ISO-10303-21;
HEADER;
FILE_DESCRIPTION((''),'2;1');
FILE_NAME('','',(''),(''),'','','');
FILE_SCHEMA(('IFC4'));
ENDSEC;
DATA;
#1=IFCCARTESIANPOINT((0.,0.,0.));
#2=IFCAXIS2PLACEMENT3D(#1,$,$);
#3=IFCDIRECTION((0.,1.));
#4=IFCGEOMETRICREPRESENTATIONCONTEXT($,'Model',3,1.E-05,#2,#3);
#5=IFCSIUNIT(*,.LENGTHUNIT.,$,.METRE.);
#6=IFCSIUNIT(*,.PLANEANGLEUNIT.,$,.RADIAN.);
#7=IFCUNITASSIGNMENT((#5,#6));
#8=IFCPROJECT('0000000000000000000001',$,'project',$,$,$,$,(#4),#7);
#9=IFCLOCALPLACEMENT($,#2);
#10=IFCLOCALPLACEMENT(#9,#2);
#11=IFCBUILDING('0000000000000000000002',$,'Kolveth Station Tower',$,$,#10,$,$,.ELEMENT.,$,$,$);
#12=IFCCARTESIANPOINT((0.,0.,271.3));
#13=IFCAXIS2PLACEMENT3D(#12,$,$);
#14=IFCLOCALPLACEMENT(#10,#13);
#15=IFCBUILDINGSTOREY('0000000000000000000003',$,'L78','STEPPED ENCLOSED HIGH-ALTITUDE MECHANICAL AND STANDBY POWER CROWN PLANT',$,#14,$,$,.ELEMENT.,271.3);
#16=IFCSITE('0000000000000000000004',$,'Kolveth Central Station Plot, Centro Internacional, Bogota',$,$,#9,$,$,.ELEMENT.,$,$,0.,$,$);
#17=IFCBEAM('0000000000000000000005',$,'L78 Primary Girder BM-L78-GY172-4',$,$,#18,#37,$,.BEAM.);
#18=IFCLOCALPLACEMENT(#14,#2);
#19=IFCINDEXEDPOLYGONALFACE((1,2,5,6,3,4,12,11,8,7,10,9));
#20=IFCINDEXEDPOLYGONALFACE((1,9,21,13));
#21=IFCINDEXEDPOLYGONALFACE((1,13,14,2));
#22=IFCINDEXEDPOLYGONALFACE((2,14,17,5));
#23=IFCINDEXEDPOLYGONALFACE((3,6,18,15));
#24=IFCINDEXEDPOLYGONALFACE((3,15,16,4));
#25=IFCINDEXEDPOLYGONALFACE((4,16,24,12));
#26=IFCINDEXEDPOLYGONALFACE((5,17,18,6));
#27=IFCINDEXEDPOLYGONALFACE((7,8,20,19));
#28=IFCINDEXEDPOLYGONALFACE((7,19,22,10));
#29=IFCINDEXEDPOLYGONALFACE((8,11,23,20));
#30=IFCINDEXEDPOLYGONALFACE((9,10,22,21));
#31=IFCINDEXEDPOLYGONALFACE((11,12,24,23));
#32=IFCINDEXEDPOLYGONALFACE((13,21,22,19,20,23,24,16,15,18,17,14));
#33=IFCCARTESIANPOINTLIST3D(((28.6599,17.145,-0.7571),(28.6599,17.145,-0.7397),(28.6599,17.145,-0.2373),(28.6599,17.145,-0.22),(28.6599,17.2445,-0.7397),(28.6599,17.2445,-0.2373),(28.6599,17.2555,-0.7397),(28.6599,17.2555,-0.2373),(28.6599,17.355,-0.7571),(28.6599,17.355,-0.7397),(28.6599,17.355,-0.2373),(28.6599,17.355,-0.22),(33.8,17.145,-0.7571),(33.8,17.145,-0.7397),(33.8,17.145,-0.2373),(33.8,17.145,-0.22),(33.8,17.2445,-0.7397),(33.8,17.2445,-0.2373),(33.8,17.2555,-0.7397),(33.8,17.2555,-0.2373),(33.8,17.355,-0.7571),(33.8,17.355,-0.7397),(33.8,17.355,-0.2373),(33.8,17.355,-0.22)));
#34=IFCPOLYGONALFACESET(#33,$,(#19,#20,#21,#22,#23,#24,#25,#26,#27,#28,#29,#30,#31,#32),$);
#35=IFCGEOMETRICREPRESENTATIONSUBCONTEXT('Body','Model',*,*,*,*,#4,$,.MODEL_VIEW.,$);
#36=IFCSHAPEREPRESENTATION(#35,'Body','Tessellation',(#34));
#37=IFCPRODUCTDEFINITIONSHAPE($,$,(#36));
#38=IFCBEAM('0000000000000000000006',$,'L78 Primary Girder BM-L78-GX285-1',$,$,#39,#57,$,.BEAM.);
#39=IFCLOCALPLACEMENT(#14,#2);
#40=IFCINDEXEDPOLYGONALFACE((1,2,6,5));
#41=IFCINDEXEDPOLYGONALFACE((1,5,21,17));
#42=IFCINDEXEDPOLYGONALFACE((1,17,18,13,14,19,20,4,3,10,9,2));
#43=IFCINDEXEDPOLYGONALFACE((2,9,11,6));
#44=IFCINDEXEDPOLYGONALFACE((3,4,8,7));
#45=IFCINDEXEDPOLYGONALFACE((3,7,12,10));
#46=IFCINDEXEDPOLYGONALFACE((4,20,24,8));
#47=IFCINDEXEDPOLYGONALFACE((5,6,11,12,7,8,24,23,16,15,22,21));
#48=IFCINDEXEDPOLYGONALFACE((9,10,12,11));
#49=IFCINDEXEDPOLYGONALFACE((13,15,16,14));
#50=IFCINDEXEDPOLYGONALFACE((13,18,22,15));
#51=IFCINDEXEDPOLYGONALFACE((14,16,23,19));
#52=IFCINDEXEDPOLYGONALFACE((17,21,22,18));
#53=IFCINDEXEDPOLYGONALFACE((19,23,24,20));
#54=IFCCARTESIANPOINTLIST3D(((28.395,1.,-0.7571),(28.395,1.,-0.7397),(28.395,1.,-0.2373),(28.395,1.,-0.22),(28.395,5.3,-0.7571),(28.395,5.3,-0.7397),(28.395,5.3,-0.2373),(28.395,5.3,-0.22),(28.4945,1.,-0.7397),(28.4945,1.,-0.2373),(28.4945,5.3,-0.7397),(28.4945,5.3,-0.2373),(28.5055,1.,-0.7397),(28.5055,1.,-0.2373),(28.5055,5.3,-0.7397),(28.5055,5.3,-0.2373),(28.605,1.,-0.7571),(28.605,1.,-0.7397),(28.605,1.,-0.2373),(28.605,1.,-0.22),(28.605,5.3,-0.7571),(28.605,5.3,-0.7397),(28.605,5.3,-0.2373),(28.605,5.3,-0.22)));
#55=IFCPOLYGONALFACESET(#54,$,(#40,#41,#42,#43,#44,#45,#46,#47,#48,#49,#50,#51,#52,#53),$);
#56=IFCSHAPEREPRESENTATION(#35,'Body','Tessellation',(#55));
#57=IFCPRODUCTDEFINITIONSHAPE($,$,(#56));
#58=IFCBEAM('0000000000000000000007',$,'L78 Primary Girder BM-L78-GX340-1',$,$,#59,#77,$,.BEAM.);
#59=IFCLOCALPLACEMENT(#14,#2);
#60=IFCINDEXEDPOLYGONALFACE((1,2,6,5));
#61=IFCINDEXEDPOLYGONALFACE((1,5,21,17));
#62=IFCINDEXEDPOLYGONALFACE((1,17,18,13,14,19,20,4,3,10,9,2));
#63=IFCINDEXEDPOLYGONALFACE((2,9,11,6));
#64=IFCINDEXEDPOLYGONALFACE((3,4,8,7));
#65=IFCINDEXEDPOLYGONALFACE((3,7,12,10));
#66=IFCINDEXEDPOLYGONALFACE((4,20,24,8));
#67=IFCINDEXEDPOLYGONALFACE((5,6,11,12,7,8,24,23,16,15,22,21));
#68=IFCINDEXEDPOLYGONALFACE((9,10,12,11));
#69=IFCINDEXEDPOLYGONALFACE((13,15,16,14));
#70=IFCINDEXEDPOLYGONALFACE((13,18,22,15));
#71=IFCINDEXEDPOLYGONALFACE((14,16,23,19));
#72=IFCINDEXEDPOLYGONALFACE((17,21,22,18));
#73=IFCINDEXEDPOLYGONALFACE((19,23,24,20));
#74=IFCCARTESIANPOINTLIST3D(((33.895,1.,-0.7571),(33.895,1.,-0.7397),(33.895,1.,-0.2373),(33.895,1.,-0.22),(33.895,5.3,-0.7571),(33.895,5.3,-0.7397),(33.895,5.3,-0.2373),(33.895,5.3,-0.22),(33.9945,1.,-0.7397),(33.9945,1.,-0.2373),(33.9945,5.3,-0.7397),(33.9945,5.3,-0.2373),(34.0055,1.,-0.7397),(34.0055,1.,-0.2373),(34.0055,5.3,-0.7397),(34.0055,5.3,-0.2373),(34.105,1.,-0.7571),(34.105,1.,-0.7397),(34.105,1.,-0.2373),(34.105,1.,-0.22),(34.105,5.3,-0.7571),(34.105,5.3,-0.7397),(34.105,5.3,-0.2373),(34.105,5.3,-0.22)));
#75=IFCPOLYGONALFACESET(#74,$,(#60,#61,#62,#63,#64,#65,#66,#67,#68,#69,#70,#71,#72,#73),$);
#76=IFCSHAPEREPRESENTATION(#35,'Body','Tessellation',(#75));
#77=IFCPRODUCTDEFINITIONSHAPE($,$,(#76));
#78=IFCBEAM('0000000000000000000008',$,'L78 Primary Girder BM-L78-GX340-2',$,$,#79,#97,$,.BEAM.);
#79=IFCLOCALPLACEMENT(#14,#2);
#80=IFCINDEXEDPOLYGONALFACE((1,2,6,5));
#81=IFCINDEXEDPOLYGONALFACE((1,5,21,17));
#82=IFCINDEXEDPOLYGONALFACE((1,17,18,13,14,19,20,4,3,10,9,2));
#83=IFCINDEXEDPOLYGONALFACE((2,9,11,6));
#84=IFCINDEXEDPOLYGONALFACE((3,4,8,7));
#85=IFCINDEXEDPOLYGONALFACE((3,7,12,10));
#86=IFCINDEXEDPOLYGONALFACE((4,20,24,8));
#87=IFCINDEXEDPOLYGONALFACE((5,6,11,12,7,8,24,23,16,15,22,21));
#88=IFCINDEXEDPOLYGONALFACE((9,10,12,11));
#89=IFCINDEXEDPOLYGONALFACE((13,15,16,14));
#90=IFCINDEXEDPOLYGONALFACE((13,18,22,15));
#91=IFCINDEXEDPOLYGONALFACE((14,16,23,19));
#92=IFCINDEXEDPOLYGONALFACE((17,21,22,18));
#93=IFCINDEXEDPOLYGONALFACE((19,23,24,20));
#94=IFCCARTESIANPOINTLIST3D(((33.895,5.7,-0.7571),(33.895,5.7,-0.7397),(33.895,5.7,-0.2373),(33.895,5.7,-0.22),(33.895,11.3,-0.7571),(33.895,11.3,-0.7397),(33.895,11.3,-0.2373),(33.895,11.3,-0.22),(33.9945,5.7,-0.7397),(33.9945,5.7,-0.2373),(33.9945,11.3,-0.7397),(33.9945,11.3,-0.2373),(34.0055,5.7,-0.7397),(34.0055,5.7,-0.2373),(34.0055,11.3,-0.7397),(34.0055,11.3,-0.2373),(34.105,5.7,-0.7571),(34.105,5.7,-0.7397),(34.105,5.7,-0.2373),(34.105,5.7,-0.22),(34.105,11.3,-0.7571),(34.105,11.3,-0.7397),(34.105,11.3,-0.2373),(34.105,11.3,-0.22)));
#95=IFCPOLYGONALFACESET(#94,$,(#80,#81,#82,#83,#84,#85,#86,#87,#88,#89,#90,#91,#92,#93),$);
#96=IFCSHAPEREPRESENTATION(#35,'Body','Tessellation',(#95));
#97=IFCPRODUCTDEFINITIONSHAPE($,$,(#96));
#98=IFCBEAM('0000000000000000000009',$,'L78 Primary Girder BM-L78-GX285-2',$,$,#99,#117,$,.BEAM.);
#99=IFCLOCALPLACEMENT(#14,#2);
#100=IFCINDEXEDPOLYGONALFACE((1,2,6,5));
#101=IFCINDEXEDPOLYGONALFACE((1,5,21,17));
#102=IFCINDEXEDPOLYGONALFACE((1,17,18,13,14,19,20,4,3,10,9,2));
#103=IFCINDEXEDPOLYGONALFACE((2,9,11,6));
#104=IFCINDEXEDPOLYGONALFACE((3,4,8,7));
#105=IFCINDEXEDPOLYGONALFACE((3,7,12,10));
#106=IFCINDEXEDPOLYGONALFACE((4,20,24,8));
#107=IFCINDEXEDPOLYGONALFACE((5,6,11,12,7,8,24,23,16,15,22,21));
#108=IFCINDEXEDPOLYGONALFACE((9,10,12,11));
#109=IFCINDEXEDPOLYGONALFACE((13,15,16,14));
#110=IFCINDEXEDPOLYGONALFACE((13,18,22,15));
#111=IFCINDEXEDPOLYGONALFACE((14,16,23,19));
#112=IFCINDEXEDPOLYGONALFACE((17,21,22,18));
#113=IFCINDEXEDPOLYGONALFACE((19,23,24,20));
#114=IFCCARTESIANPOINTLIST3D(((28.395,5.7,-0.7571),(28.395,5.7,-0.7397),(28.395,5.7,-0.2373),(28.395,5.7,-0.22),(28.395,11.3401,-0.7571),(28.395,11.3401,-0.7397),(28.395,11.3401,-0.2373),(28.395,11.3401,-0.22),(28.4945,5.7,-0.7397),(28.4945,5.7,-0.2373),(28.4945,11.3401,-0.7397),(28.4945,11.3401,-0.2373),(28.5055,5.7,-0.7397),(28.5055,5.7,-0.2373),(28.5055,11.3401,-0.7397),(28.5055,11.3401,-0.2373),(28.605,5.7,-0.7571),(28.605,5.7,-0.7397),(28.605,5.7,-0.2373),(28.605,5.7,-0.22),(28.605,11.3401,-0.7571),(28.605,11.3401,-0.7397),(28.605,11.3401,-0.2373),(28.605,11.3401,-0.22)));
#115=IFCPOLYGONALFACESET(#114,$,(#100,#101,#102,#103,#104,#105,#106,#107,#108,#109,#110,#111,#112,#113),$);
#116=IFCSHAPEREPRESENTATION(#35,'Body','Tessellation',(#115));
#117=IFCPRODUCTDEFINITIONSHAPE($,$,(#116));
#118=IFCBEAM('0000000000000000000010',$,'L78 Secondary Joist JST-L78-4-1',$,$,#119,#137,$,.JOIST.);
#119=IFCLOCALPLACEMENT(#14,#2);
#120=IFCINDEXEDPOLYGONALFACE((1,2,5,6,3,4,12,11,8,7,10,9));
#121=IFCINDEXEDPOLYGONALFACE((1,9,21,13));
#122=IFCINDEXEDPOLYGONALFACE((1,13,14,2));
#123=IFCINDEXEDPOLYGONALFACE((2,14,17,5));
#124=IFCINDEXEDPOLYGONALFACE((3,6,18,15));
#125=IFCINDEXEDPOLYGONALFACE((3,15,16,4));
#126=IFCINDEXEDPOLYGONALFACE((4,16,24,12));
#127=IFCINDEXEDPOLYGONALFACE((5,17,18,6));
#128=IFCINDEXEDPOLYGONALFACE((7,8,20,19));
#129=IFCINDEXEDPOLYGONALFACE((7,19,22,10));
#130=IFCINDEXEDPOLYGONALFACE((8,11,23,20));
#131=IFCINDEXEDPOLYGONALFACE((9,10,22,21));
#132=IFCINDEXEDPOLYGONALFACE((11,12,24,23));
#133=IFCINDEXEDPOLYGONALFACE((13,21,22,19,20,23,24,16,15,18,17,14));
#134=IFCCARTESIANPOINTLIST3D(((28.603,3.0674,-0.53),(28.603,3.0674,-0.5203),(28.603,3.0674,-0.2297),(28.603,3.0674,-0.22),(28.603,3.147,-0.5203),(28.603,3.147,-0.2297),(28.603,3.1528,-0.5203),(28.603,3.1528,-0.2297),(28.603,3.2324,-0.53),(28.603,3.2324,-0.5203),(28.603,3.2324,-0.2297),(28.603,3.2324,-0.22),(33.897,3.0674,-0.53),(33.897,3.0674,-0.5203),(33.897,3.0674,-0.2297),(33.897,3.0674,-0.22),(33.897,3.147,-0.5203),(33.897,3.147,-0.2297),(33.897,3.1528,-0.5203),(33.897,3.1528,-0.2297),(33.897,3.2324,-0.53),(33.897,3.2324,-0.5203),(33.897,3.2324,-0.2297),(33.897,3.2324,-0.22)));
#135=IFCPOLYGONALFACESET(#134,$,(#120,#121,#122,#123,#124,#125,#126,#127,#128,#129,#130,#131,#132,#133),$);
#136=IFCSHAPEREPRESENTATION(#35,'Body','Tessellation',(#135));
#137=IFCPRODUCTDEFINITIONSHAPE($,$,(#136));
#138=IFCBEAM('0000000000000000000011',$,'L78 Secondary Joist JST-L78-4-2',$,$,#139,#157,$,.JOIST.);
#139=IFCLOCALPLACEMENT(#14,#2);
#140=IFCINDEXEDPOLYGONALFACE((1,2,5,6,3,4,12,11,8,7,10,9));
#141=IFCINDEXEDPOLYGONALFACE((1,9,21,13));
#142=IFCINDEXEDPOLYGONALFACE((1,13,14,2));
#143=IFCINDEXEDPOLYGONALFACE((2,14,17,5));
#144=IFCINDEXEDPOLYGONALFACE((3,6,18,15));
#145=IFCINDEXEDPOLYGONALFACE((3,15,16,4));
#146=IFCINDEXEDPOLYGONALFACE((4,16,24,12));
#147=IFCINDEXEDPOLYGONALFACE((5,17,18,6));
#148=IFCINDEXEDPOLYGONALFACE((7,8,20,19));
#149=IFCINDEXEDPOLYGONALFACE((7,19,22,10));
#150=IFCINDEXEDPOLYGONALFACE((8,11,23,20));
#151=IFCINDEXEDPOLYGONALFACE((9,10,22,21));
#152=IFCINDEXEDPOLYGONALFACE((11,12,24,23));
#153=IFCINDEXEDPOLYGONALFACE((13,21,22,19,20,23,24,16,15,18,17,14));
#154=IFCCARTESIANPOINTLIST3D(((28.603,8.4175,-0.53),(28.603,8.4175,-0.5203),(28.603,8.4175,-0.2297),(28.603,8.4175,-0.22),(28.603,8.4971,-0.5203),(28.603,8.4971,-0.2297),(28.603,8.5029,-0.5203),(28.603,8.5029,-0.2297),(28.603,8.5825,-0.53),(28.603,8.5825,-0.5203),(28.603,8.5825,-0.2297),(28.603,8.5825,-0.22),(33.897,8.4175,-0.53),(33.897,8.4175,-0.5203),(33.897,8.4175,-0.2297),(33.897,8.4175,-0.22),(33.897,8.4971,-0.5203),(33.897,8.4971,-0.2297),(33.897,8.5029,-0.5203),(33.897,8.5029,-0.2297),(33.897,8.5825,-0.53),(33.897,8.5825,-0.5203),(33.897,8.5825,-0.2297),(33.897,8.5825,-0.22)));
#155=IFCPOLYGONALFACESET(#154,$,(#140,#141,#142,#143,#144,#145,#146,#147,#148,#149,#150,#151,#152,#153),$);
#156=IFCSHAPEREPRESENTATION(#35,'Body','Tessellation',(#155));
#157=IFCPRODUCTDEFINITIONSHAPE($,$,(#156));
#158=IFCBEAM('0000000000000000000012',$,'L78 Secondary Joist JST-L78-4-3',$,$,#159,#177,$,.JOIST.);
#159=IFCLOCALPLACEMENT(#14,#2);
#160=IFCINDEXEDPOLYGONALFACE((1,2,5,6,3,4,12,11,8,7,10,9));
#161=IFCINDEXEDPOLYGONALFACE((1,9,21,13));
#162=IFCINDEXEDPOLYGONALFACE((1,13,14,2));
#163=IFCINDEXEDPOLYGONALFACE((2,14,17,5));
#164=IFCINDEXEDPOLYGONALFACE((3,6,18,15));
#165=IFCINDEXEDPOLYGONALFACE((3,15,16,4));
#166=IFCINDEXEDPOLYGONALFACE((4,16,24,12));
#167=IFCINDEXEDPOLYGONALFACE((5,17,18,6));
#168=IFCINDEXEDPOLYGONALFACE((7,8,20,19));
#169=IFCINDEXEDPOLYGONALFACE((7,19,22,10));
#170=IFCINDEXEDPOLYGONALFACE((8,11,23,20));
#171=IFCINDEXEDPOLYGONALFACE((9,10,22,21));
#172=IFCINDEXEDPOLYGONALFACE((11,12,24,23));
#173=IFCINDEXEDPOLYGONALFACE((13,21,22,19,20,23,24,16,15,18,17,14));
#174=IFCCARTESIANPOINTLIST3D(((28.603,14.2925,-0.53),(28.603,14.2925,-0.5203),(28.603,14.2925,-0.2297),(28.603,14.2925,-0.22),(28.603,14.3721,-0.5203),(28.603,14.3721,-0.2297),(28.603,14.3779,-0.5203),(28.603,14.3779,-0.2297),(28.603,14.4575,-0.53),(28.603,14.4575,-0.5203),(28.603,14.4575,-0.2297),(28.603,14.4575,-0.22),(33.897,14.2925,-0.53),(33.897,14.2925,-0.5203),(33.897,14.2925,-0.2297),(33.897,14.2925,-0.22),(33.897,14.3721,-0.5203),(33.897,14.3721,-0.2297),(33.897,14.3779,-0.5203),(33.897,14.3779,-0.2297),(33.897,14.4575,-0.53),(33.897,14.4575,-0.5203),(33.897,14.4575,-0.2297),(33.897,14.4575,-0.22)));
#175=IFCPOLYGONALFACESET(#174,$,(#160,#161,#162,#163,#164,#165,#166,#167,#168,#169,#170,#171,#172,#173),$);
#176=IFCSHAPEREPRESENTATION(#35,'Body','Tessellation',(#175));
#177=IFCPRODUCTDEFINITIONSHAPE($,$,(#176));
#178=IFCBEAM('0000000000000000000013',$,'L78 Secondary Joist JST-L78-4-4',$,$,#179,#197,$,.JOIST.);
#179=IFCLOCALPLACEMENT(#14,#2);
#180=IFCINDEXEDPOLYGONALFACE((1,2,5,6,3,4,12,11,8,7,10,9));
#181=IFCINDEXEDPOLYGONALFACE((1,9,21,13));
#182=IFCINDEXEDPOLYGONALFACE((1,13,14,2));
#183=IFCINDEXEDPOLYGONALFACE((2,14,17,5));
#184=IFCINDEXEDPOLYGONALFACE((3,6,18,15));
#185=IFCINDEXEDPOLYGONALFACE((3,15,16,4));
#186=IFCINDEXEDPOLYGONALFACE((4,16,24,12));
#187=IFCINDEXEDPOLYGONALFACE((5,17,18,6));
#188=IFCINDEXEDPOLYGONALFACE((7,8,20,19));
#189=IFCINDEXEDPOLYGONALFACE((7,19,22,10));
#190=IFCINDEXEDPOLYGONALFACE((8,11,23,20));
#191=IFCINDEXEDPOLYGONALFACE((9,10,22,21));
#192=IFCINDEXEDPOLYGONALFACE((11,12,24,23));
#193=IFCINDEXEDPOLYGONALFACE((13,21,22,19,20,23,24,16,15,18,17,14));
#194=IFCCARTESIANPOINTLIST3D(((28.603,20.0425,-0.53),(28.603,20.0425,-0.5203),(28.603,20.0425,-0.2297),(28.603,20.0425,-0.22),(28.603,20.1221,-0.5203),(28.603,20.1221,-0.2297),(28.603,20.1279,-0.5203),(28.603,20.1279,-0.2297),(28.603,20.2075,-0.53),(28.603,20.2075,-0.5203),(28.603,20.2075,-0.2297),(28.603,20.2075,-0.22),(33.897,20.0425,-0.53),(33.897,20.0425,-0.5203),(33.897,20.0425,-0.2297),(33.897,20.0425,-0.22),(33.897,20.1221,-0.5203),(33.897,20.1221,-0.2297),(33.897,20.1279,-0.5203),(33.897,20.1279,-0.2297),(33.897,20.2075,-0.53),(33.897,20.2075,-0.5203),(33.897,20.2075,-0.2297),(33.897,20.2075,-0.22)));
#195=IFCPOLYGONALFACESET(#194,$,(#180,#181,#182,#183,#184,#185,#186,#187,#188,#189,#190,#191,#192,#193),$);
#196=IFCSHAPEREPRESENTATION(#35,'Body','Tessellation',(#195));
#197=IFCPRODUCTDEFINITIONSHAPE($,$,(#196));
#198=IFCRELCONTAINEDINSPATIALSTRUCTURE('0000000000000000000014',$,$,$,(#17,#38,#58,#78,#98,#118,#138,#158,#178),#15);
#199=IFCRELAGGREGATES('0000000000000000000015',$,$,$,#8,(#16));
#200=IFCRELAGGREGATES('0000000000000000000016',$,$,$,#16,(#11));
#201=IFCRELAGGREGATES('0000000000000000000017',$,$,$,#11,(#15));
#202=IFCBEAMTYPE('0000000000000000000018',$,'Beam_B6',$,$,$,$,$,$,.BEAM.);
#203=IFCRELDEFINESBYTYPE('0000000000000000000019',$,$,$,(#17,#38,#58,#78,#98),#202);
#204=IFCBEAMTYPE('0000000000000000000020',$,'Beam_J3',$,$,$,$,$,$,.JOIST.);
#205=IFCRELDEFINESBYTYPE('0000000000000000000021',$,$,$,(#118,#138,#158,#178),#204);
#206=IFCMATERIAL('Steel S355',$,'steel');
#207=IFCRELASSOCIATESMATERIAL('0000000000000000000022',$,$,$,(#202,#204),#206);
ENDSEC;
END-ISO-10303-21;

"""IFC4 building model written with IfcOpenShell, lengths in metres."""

from ifc_helpers import new_model, si_unit, direction, frame, origin, origin_2d, place, context, subcontext, project, spatial, i_section, extrude, source, transform, mapped, material, material_profile, profile_set, type_object, element, save


model = new_model("IFC4")

# Units and contexts
model_context = context("Model", 3, precision=1e-05, world=origin(), true_north=direction((0.0, 1.0)))
body_context = subcontext(model_context, "Body", "Model", "MODEL_VIEW")
ifc_project = project(units=[si_unit("LENGTHUNIT", "METRE"), si_unit("PLANEANGLEUNIT", "RADIAN")], contexts=[model_context])

# Site, building, storey
site_placement = place(None, origin())
site = spatial("IfcSite", under=ifc_project, at=site_placement, Name="Kolveth Central Station Plot, Centro Internacional, Bogota", CompositionType="ELEMENT", RefElevation=0.0)
building_placement = place(site_placement, origin())
building = spatial("IfcBuilding", under=site, at=building_placement, Name="Kolveth Station Tower", CompositionType="ELEMENT")
storey_placement = place(building_placement, frame((0.0, 0.0, 271.3)))
storey = spatial("IfcBuildingStorey", under=building, at=storey_placement, Name="L78", Description="STEPPED ENCLOSED HIGH-ALTITUDE MECHANICAL AND STANDBY POWER CROWN PLANT", CompositionType="ELEMENT", Elevation=271.3)

# Shared definitions
ifc_material_1 = material(Name="Steel S355", Category="steel")

# Beams
ifc_material_profile_1 = material_profile(ifc_material_1, i_section(OverallWidth=0.21, OverallDepth=0.5371, WebThickness=0.011, FlangeThickness=0.0173, at=origin_2d()), Name="W530x101")
ifc_profile_set_1 = profile_set([ifc_material_profile_1], Name="Steel S355")
beam_type_1 = type_object("IfcBeamType", Name="Beam_B6", PredefinedType="BEAM", material=ifc_profile_set_1)
shared_shape_1 = source(origin(), body_context, "Body", "SweptSolid", [
    extrude(i_section(OverallWidth=0.21, OverallDepth=0.5371, WebThickness=0.011, FlangeThickness=0.0173, at=origin_2d()), origin(), (0.0, 0.0, 1.0), 5.1401),
])
for number, where, z_axis, x_axis, name in (
    (1, (28.6599, 17.25, -0.4885), (1.0, 0.0, 0.0), (0.0, 1.0, 0.0), "L78 Primary Girder BM-L78-GY172-4"),
):
    element("IfcBeam", number, at=place(storey_placement, frame(where, z_axis=z_axis, x_axis=x_axis)), inside=storey, type_object=beam_type_1, Name=name, PredefinedType="BEAM", context=body_context, shape_type="MappedRepresentation", body=[
        mapped(shared_shape_1, transform((0.0, 0.0, 0.0), x_axis=(1.0, 0.0, 0.0), y_axis=(0.0, 1.0, 0.0), z_axis=(0.0, 0.0, 1.0), scale=1.0)),
    ])
shared_shape_2 = source(origin(), body_context, "Body", "SweptSolid", [
    extrude(i_section(OverallWidth=0.21, OverallDepth=0.5371, WebThickness=0.011, FlangeThickness=0.0173, at=origin_2d()), origin(), (0.0, 0.0, 1.0), 4.3),
])
for number, where, z_axis, x_axis, name in (
    (2, (28.5, 1.0, -0.4885), (0.0, 1.0, 0.0), (-1.0, 0.0, 0.0), "L78 Primary Girder BM-L78-GX285-1"),
    (3, (34.0, 1.0, -0.4885), (0.0, 1.0, 0.0), (-1.0, 0.0, 0.0), "L78 Primary Girder BM-L78-GX340-1"),
):
    element("IfcBeam", number, at=place(storey_placement, frame(where, z_axis=z_axis, x_axis=x_axis)), inside=storey, type_object=beam_type_1, Name=name, PredefinedType="BEAM", context=body_context, shape_type="MappedRepresentation", body=[
        mapped(shared_shape_2, transform((0.0, 0.0, 0.0), x_axis=(1.0, 0.0, 0.0), y_axis=(0.0, 1.0, 0.0), z_axis=(0.0, 0.0, 1.0), scale=1.0)),
    ])
shared_shape_3 = source(origin(), body_context, "Body", "SweptSolid", [
    extrude(i_section(OverallWidth=0.21, OverallDepth=0.5371, WebThickness=0.011, FlangeThickness=0.0173, at=origin_2d()), origin(), (0.0, 0.0, 1.0), 5.6001),
])
beam_1_placement = place(storey_placement, frame((34.0, 5.7, -0.4885), z_axis=(0.0, 1.0, 0.0), x_axis=(-1.0, 0.0, 0.0)))
element("IfcBeam", 4, at=beam_1_placement, inside=storey, type_object=beam_type_1, Name="L78 Primary Girder BM-L78-GX340-2", PredefinedType="BEAM", context=body_context, shape_type="MappedRepresentation", body=[
    mapped(shared_shape_3, transform((0.0, 0.0, 0.0), x_axis=(1.0, 0.0, 0.0), y_axis=(0.0, 1.0, 0.0), z_axis=(0.0, 0.0, 1.0), scale=1.0)),
])
shared_shape_4 = source(origin(), body_context, "Body", "SweptSolid", [
    extrude(i_section(OverallWidth=0.21, OverallDepth=0.5371, WebThickness=0.011, FlangeThickness=0.0173, at=origin_2d()), origin(), (0.0, 0.0, 1.0), 5.6401),
])
beam_2_placement = place(storey_placement, frame((28.5, 5.7, -0.4885), z_axis=(0.0, 1.0, 0.0), x_axis=(-1.0, 0.0, 0.0)))
element("IfcBeam", 5, at=beam_2_placement, inside=storey, type_object=beam_type_1, Name="L78 Primary Girder BM-L78-GX285-2", PredefinedType="BEAM", context=body_context, shape_type="MappedRepresentation", body=[
    mapped(shared_shape_4, transform((0.0, 0.0, 0.0), x_axis=(1.0, 0.0, 0.0), y_axis=(0.0, 1.0, 0.0), z_axis=(0.0, 0.0, 1.0), scale=1.0)),
])
ifc_material_profile_2 = material_profile(ifc_material_1, i_section(OverallWidth=0.165, OverallDepth=0.3101, WebThickness=0.0059, FlangeThickness=0.0098, at=origin_2d()), Name="W310x39")
ifc_profile_set_2 = profile_set([ifc_material_profile_2], Name="Steel S355")
beam_type_2 = type_object("IfcBeamType", Name="Beam_J3", PredefinedType="JOIST", material=ifc_profile_set_2)
shared_shape_5 = source(origin(), body_context, "Body", "SweptSolid", [
    extrude(i_section(OverallWidth=0.165, OverallDepth=0.3101, WebThickness=0.0059, FlangeThickness=0.0098, at=origin_2d()), origin(), (0.0, 0.0, 1.0), 5.2939),
])
for number, where, z_axis, x_axis, name in (
    (6, (28.603, 3.1499, -0.375), (1.0, 0.0, 0.0), (0.0, 1.0, 0.0), "L78 Secondary Joist JST-L78-4-1"),
    (7, (28.603, 8.5, -0.375), (1.0, 0.0, 0.0), (0.0, 1.0, 0.0), "L78 Secondary Joist JST-L78-4-2"),
    (8, (28.603, 14.375, -0.375), (1.0, 0.0, 0.0), (0.0, 1.0, 0.0), "L78 Secondary Joist JST-L78-4-3"),
    (9, (28.603, 20.125, -0.375), (1.0, 0.0, 0.0), (0.0, 1.0, 0.0), "L78 Secondary Joist JST-L78-4-4"),
):
    element("IfcBeam", number, at=place(storey_placement, frame(where, z_axis=z_axis, x_axis=x_axis)), inside=storey, type_object=beam_type_2, Name=name, PredefinedType="JOIST", context=body_context, shape_type="MappedRepresentation", body=[
        mapped(shared_shape_5, transform((0.0, 0.0, 0.0), x_axis=(1.0, 0.0, 0.0), y_axis=(0.0, 1.0, 0.0), z_axis=(0.0, 0.0, 1.0), scale=1.0)),
    ])

save(model, "model.ifc")
